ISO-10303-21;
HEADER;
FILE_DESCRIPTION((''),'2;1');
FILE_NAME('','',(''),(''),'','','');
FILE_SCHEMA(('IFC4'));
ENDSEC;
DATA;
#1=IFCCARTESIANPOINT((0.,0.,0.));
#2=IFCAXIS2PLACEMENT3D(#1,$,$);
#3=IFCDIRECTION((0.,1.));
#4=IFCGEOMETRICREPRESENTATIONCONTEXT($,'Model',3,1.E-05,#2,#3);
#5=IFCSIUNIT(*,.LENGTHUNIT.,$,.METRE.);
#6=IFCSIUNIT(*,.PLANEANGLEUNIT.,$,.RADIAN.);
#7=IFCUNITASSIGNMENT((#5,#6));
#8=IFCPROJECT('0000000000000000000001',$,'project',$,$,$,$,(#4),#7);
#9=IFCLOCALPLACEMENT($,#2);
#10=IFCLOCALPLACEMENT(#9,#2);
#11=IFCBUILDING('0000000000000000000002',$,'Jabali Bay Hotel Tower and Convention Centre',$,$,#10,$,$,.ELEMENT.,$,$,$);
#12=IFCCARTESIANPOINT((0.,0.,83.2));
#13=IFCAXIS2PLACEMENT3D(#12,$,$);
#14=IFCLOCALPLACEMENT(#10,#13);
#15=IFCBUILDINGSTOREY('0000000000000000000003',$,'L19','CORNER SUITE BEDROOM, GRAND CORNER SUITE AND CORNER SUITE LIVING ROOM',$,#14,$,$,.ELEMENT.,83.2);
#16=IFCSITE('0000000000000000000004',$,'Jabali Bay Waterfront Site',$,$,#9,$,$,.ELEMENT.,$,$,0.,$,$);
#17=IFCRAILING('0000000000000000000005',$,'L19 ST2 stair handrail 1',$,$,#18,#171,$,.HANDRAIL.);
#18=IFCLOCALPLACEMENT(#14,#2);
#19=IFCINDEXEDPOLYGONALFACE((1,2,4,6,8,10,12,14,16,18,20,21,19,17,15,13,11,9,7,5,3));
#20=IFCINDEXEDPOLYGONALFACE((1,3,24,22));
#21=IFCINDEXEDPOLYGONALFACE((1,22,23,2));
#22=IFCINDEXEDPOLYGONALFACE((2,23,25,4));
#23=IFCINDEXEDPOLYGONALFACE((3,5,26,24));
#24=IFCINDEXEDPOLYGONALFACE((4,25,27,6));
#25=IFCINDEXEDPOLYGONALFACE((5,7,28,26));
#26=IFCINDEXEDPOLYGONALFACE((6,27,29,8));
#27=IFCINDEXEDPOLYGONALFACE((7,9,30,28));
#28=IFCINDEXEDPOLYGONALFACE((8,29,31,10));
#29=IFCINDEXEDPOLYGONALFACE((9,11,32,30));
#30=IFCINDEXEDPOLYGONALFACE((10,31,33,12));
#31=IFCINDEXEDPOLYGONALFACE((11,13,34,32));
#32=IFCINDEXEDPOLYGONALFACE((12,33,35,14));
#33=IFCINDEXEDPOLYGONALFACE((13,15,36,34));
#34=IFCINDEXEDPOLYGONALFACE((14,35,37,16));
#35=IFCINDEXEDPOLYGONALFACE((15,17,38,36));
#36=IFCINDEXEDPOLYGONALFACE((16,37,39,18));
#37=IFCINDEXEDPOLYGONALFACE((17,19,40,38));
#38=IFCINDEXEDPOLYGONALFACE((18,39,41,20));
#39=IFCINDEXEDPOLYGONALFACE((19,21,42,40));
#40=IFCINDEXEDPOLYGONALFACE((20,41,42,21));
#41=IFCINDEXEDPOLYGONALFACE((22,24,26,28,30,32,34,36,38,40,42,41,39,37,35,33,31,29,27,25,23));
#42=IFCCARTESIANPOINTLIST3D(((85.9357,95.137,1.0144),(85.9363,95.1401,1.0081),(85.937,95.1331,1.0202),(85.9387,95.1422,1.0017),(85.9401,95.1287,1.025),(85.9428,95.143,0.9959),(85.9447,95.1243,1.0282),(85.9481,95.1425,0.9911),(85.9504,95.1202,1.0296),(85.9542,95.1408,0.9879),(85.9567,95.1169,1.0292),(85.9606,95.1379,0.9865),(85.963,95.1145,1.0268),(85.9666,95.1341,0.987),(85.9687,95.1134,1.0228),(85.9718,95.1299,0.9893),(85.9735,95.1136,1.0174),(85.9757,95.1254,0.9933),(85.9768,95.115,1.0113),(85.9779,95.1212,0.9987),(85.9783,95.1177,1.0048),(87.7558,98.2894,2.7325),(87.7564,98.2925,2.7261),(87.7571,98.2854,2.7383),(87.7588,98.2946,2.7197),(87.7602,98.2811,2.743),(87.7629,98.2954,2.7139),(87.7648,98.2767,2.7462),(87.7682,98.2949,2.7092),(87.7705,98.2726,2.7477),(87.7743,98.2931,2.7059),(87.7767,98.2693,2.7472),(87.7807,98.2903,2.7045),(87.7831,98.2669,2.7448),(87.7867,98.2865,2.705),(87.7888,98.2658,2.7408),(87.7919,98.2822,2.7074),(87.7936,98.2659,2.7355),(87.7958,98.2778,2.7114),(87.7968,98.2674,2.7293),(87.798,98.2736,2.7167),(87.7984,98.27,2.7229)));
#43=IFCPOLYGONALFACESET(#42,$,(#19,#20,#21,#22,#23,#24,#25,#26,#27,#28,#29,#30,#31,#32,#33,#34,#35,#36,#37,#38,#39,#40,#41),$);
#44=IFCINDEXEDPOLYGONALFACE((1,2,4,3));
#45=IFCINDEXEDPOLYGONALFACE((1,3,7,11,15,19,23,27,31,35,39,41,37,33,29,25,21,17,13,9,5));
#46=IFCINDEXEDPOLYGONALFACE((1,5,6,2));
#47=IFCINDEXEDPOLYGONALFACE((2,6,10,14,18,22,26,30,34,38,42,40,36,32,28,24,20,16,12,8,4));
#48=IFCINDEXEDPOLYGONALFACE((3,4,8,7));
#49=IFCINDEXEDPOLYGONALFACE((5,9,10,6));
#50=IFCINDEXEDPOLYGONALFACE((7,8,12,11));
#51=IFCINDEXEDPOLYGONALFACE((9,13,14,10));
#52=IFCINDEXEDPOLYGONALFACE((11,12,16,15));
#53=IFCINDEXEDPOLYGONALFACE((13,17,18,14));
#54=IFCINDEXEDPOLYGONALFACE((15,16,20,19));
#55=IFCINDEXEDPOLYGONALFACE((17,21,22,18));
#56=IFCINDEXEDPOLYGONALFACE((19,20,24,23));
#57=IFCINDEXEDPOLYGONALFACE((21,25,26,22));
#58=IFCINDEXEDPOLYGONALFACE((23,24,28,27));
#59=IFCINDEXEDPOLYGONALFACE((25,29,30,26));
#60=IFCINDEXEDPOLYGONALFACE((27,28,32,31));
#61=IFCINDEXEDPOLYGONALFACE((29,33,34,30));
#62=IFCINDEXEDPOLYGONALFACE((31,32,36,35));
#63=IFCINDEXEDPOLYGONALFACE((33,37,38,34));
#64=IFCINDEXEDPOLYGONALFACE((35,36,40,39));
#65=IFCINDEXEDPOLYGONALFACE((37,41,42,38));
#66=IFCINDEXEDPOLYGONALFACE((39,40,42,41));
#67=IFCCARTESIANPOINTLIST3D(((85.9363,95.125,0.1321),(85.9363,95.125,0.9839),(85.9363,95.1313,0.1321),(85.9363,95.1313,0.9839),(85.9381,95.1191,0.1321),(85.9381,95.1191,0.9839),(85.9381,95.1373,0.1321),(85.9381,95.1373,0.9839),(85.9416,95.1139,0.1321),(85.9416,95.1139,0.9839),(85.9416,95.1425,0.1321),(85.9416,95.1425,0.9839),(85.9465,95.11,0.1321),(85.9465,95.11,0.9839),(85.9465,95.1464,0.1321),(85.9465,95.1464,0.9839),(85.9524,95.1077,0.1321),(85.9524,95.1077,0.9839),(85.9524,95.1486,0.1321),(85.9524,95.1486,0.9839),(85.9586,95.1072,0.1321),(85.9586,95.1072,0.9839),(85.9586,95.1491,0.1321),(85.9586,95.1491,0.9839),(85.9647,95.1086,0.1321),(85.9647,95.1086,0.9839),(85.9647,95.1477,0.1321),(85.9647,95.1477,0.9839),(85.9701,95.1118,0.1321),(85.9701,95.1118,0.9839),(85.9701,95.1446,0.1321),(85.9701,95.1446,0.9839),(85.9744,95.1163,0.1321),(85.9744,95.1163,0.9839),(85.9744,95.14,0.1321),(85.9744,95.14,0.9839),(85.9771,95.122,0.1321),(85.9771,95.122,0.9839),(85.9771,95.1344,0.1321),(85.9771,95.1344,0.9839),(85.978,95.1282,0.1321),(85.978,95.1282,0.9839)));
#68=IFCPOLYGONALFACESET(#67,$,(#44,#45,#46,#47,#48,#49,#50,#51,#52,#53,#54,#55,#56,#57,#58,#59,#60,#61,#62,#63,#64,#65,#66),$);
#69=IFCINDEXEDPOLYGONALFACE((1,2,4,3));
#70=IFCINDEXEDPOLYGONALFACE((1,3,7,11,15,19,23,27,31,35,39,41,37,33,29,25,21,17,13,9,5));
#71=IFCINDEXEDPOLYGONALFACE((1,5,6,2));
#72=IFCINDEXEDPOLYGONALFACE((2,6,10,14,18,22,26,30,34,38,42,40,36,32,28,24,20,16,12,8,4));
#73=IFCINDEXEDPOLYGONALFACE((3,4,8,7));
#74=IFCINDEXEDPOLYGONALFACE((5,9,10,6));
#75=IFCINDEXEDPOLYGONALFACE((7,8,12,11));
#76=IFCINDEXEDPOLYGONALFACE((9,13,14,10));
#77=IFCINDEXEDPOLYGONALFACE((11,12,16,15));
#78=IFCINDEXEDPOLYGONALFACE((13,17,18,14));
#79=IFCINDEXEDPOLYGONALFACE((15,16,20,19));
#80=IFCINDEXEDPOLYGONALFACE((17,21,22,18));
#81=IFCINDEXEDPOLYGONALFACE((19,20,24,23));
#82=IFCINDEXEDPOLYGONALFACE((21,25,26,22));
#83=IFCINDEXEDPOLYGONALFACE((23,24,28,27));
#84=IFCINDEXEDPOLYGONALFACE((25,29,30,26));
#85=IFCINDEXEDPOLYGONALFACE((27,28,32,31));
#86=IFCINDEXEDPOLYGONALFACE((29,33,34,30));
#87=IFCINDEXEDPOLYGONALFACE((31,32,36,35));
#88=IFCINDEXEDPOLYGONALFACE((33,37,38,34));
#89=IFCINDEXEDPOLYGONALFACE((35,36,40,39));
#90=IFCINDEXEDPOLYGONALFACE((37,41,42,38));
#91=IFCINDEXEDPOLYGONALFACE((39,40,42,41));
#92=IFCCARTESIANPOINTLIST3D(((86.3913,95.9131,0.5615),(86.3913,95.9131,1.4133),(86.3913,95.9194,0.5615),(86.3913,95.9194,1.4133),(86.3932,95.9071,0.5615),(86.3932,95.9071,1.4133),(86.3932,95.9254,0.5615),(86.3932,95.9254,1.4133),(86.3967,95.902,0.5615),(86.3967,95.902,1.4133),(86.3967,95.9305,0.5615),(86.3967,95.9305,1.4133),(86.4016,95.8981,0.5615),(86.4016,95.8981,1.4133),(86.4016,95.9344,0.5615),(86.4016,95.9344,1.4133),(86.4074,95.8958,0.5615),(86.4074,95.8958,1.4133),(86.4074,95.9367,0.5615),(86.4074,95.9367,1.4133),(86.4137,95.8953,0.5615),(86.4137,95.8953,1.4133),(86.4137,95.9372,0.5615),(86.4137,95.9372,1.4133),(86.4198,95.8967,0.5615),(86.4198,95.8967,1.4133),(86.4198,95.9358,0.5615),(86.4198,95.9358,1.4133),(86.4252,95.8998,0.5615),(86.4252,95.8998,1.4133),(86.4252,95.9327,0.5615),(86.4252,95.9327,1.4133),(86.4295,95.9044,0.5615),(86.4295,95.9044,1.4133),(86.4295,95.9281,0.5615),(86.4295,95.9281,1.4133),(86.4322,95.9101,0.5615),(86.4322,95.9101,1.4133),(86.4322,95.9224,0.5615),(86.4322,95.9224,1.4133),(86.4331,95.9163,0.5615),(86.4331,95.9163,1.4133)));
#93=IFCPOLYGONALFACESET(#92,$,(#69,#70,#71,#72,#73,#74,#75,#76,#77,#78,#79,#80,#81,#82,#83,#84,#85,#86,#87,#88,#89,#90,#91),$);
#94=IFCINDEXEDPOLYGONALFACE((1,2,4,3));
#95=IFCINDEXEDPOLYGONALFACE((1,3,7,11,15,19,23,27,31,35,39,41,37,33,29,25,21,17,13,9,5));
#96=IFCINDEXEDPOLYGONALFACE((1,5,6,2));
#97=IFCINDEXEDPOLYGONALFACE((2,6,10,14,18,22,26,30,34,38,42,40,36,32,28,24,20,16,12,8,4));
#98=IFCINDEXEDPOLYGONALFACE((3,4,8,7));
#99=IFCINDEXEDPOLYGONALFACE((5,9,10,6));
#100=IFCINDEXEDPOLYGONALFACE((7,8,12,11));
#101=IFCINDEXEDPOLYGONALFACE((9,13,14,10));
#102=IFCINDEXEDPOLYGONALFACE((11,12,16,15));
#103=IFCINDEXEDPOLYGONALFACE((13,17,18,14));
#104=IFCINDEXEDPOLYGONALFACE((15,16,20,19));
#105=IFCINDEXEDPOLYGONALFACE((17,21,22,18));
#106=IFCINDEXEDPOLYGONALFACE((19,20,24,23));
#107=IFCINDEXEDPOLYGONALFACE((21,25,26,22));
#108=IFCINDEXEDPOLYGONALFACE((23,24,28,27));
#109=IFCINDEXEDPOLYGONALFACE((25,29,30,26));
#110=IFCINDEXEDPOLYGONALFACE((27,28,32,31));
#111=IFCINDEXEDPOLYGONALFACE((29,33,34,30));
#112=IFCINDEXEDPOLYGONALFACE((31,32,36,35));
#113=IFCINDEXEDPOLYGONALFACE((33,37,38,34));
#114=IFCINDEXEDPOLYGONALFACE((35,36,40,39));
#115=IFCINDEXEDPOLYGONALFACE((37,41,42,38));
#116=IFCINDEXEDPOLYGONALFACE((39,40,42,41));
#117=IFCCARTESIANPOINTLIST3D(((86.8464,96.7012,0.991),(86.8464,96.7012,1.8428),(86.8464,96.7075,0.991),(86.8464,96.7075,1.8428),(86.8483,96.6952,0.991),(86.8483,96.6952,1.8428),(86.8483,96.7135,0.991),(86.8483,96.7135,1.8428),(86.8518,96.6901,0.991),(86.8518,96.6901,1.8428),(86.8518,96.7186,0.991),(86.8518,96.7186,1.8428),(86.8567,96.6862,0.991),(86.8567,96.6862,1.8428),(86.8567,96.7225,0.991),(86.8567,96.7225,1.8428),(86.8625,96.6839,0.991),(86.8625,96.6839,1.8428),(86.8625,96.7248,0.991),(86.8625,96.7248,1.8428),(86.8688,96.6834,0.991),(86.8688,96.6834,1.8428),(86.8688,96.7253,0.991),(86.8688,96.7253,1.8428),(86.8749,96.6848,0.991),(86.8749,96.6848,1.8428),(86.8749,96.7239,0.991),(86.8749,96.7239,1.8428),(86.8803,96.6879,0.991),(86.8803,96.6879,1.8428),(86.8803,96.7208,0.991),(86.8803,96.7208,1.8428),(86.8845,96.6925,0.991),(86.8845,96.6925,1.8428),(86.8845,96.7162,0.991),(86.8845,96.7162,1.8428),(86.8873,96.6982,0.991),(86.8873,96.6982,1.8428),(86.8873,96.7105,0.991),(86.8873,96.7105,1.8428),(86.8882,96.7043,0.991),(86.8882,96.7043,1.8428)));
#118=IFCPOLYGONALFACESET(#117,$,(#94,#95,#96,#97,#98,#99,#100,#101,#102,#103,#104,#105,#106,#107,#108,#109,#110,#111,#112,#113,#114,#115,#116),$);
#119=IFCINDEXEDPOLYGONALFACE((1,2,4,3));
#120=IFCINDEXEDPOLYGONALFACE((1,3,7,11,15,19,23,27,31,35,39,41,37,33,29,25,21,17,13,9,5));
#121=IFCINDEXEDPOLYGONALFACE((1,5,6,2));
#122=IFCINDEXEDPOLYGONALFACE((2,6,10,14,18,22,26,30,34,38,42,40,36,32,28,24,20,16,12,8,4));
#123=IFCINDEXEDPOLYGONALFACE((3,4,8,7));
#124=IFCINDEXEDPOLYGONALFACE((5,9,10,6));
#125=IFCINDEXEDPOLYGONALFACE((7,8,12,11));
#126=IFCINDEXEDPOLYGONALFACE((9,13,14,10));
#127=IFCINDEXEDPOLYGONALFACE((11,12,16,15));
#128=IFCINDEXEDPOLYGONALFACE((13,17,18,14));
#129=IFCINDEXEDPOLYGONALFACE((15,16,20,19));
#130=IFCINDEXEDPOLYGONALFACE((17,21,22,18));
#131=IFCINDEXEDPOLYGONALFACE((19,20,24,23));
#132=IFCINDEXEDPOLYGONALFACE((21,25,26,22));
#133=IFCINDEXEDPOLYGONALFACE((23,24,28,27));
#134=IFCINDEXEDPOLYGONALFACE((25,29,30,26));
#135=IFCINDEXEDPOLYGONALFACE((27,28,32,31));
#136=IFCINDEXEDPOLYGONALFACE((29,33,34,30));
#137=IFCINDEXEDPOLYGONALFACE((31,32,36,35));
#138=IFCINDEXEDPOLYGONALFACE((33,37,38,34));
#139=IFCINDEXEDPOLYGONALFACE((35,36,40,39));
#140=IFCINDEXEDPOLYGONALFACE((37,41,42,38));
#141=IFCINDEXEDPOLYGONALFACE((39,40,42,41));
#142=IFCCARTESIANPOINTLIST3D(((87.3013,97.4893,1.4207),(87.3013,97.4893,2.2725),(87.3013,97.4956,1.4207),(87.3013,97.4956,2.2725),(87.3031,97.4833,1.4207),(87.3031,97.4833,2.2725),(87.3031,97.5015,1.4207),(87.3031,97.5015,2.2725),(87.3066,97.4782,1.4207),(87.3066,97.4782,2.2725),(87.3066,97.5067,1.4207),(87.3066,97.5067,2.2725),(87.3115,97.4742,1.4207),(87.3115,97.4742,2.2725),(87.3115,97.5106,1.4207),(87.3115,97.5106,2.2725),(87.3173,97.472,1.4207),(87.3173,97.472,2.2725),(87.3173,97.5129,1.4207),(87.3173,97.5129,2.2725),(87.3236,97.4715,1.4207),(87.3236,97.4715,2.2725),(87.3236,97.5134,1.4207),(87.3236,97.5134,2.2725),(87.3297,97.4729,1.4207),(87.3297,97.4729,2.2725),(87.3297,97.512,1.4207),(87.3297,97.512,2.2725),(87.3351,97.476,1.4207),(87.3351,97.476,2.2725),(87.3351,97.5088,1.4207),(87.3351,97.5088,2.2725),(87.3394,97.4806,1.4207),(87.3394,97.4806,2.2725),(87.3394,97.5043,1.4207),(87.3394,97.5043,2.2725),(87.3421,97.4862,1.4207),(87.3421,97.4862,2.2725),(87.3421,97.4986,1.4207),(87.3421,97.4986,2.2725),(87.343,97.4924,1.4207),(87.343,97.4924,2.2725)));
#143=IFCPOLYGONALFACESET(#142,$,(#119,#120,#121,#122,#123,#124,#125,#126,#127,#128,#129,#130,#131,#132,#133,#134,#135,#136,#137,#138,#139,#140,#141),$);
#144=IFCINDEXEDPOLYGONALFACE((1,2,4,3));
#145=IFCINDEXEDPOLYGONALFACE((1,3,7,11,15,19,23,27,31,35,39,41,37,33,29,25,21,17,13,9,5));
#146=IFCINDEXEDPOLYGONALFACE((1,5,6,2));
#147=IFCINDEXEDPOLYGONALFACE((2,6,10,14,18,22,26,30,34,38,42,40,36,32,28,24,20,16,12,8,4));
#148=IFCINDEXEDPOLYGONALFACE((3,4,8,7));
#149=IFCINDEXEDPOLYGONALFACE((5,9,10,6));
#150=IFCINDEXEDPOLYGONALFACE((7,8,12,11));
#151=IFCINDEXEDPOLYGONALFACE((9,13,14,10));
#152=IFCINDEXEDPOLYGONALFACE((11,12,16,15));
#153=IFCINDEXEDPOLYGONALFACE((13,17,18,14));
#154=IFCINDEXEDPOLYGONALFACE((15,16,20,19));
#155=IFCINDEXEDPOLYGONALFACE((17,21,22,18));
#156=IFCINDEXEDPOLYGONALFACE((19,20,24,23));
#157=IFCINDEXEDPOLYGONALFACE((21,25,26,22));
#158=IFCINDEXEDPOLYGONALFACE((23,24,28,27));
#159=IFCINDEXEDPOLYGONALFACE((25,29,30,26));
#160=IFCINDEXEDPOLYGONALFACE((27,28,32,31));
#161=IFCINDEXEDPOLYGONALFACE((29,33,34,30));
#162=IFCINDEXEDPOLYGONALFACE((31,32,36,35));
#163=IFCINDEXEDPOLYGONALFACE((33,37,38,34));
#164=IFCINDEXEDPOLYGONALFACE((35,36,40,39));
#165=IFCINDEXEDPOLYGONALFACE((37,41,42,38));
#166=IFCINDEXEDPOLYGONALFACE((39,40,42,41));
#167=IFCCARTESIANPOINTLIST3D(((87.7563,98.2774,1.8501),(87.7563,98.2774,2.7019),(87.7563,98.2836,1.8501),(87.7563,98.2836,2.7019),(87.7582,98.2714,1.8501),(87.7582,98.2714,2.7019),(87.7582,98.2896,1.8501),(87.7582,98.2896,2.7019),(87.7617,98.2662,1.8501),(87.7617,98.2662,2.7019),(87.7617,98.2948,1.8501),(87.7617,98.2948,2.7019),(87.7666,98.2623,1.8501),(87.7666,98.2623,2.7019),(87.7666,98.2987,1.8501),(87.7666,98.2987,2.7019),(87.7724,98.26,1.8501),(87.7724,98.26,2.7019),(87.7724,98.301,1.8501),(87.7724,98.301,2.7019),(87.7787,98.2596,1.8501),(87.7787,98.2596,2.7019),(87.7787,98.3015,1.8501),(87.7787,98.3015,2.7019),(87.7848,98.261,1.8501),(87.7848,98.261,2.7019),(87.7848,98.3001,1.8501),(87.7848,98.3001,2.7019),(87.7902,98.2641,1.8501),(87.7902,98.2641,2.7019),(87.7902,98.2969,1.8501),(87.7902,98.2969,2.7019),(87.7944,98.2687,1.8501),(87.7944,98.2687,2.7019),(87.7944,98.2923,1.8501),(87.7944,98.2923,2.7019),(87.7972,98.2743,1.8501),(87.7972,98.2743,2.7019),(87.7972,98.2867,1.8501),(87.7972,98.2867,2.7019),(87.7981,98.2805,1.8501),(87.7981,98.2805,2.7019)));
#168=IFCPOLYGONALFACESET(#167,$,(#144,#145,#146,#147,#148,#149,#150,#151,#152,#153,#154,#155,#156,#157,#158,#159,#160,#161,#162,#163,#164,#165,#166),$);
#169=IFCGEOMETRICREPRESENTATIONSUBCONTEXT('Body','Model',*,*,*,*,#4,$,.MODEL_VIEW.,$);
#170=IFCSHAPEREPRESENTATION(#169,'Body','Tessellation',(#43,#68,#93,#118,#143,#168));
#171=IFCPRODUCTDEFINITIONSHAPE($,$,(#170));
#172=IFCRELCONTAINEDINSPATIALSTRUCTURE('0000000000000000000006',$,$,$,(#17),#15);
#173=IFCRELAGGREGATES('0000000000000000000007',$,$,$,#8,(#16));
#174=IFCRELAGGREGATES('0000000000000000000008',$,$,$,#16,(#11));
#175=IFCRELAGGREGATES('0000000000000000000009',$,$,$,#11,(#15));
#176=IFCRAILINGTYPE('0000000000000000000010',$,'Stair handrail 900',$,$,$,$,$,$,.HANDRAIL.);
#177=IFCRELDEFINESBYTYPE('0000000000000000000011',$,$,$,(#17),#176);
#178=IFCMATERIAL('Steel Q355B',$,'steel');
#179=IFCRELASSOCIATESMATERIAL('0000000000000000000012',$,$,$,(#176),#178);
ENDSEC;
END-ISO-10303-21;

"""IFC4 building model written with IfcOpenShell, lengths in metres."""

from ifc_helpers import new_model, si_unit, direction, frame, origin, origin_2d, place, context, subcontext, project, spatial, circle, extrude, material, type_object, element, save


model = new_model("IFC4")

# Units and contexts
model_context = context("Model", 3, precision=1e-05, world=origin(), true_north=direction((0.0, 1.0)))
body_context = subcontext(model_context, "Body", "Model", "MODEL_VIEW")
ifc_project = project(units=[si_unit("LENGTHUNIT", "METRE"), si_unit("PLANEANGLEUNIT", "RADIAN")], contexts=[model_context])

# Site, building, storey
site_placement = place(None, origin())
site = spatial("IfcSite", under=ifc_project, at=site_placement, Name="Jabali Bay Waterfront Site", CompositionType="ELEMENT", RefElevation=0.0)
building_placement = place(site_placement, origin())
building = spatial("IfcBuilding", under=site, at=building_placement, Name="Jabali Bay Hotel Tower and Convention Centre", CompositionType="ELEMENT")
storey_placement = place(building_placement, frame((0.0, 0.0, 83.2)))
storey = spatial("IfcBuildingStorey", under=building, at=storey_placement, Name="L19", Description="CORNER SUITE BEDROOM, GRAND CORNER SUITE AND CORNER SUITE LIVING ROOM", CompositionType="ELEMENT", Elevation=83.2)

# Railing
ifc_material_1 = material(Name="Steel Q355B", Category="steel")
railing_type_1 = type_object("IfcRailingType", Name="Stair handrail 900", PredefinedType="HANDRAIL", material=ifc_material_1)
railing_1_placement = place(storey_placement, frame((85.957, 95.1282, 0.1321)))
element("IfcRailing", 1, at=railing_1_placement, inside=storey, type_object=railing_type_1, Name="L19 ST2 stair handrail 1", PredefinedType="HANDRAIL", context=body_context, shape_type="SweptSolid", body=[
    extrude(circle(Radius=0.0239, at=origin_2d()), frame((0.0, 0.0, 0.876), z_axis=(0.452179, 0.78317, 0.426825), x_axis=(-0.866018, 0.500013, 0.0)), (0.0, 0.0, 1.0), 4.0251),
    extrude(circle(Radius=0.021, at=origin_2d()), origin(), (0.0, 0.0, 1.0), 0.8518),
    extrude(circle(Radius=0.021, at=origin_2d()), frame((0.4551, 0.7881, 0.4294)), (0.0, 0.0, 1.0), 0.8518),
    extrude(circle(Radius=0.021, at=origin_2d()), frame((0.9102, 1.5762, 0.8589)), (0.0, 0.0, 1.0), 0.8518),
    extrude(circle(Radius=0.021, at=origin_2d()), frame((1.365, 2.3643, 1.2886)), (0.0, 0.0, 1.0), 0.8518),
    extrude(circle(Radius=0.021, at=origin_2d()), frame((1.8201, 3.1523, 1.718)), (0.0, 0.0, 1.0), 0.8518),
])

save(model, "model.ifc")
